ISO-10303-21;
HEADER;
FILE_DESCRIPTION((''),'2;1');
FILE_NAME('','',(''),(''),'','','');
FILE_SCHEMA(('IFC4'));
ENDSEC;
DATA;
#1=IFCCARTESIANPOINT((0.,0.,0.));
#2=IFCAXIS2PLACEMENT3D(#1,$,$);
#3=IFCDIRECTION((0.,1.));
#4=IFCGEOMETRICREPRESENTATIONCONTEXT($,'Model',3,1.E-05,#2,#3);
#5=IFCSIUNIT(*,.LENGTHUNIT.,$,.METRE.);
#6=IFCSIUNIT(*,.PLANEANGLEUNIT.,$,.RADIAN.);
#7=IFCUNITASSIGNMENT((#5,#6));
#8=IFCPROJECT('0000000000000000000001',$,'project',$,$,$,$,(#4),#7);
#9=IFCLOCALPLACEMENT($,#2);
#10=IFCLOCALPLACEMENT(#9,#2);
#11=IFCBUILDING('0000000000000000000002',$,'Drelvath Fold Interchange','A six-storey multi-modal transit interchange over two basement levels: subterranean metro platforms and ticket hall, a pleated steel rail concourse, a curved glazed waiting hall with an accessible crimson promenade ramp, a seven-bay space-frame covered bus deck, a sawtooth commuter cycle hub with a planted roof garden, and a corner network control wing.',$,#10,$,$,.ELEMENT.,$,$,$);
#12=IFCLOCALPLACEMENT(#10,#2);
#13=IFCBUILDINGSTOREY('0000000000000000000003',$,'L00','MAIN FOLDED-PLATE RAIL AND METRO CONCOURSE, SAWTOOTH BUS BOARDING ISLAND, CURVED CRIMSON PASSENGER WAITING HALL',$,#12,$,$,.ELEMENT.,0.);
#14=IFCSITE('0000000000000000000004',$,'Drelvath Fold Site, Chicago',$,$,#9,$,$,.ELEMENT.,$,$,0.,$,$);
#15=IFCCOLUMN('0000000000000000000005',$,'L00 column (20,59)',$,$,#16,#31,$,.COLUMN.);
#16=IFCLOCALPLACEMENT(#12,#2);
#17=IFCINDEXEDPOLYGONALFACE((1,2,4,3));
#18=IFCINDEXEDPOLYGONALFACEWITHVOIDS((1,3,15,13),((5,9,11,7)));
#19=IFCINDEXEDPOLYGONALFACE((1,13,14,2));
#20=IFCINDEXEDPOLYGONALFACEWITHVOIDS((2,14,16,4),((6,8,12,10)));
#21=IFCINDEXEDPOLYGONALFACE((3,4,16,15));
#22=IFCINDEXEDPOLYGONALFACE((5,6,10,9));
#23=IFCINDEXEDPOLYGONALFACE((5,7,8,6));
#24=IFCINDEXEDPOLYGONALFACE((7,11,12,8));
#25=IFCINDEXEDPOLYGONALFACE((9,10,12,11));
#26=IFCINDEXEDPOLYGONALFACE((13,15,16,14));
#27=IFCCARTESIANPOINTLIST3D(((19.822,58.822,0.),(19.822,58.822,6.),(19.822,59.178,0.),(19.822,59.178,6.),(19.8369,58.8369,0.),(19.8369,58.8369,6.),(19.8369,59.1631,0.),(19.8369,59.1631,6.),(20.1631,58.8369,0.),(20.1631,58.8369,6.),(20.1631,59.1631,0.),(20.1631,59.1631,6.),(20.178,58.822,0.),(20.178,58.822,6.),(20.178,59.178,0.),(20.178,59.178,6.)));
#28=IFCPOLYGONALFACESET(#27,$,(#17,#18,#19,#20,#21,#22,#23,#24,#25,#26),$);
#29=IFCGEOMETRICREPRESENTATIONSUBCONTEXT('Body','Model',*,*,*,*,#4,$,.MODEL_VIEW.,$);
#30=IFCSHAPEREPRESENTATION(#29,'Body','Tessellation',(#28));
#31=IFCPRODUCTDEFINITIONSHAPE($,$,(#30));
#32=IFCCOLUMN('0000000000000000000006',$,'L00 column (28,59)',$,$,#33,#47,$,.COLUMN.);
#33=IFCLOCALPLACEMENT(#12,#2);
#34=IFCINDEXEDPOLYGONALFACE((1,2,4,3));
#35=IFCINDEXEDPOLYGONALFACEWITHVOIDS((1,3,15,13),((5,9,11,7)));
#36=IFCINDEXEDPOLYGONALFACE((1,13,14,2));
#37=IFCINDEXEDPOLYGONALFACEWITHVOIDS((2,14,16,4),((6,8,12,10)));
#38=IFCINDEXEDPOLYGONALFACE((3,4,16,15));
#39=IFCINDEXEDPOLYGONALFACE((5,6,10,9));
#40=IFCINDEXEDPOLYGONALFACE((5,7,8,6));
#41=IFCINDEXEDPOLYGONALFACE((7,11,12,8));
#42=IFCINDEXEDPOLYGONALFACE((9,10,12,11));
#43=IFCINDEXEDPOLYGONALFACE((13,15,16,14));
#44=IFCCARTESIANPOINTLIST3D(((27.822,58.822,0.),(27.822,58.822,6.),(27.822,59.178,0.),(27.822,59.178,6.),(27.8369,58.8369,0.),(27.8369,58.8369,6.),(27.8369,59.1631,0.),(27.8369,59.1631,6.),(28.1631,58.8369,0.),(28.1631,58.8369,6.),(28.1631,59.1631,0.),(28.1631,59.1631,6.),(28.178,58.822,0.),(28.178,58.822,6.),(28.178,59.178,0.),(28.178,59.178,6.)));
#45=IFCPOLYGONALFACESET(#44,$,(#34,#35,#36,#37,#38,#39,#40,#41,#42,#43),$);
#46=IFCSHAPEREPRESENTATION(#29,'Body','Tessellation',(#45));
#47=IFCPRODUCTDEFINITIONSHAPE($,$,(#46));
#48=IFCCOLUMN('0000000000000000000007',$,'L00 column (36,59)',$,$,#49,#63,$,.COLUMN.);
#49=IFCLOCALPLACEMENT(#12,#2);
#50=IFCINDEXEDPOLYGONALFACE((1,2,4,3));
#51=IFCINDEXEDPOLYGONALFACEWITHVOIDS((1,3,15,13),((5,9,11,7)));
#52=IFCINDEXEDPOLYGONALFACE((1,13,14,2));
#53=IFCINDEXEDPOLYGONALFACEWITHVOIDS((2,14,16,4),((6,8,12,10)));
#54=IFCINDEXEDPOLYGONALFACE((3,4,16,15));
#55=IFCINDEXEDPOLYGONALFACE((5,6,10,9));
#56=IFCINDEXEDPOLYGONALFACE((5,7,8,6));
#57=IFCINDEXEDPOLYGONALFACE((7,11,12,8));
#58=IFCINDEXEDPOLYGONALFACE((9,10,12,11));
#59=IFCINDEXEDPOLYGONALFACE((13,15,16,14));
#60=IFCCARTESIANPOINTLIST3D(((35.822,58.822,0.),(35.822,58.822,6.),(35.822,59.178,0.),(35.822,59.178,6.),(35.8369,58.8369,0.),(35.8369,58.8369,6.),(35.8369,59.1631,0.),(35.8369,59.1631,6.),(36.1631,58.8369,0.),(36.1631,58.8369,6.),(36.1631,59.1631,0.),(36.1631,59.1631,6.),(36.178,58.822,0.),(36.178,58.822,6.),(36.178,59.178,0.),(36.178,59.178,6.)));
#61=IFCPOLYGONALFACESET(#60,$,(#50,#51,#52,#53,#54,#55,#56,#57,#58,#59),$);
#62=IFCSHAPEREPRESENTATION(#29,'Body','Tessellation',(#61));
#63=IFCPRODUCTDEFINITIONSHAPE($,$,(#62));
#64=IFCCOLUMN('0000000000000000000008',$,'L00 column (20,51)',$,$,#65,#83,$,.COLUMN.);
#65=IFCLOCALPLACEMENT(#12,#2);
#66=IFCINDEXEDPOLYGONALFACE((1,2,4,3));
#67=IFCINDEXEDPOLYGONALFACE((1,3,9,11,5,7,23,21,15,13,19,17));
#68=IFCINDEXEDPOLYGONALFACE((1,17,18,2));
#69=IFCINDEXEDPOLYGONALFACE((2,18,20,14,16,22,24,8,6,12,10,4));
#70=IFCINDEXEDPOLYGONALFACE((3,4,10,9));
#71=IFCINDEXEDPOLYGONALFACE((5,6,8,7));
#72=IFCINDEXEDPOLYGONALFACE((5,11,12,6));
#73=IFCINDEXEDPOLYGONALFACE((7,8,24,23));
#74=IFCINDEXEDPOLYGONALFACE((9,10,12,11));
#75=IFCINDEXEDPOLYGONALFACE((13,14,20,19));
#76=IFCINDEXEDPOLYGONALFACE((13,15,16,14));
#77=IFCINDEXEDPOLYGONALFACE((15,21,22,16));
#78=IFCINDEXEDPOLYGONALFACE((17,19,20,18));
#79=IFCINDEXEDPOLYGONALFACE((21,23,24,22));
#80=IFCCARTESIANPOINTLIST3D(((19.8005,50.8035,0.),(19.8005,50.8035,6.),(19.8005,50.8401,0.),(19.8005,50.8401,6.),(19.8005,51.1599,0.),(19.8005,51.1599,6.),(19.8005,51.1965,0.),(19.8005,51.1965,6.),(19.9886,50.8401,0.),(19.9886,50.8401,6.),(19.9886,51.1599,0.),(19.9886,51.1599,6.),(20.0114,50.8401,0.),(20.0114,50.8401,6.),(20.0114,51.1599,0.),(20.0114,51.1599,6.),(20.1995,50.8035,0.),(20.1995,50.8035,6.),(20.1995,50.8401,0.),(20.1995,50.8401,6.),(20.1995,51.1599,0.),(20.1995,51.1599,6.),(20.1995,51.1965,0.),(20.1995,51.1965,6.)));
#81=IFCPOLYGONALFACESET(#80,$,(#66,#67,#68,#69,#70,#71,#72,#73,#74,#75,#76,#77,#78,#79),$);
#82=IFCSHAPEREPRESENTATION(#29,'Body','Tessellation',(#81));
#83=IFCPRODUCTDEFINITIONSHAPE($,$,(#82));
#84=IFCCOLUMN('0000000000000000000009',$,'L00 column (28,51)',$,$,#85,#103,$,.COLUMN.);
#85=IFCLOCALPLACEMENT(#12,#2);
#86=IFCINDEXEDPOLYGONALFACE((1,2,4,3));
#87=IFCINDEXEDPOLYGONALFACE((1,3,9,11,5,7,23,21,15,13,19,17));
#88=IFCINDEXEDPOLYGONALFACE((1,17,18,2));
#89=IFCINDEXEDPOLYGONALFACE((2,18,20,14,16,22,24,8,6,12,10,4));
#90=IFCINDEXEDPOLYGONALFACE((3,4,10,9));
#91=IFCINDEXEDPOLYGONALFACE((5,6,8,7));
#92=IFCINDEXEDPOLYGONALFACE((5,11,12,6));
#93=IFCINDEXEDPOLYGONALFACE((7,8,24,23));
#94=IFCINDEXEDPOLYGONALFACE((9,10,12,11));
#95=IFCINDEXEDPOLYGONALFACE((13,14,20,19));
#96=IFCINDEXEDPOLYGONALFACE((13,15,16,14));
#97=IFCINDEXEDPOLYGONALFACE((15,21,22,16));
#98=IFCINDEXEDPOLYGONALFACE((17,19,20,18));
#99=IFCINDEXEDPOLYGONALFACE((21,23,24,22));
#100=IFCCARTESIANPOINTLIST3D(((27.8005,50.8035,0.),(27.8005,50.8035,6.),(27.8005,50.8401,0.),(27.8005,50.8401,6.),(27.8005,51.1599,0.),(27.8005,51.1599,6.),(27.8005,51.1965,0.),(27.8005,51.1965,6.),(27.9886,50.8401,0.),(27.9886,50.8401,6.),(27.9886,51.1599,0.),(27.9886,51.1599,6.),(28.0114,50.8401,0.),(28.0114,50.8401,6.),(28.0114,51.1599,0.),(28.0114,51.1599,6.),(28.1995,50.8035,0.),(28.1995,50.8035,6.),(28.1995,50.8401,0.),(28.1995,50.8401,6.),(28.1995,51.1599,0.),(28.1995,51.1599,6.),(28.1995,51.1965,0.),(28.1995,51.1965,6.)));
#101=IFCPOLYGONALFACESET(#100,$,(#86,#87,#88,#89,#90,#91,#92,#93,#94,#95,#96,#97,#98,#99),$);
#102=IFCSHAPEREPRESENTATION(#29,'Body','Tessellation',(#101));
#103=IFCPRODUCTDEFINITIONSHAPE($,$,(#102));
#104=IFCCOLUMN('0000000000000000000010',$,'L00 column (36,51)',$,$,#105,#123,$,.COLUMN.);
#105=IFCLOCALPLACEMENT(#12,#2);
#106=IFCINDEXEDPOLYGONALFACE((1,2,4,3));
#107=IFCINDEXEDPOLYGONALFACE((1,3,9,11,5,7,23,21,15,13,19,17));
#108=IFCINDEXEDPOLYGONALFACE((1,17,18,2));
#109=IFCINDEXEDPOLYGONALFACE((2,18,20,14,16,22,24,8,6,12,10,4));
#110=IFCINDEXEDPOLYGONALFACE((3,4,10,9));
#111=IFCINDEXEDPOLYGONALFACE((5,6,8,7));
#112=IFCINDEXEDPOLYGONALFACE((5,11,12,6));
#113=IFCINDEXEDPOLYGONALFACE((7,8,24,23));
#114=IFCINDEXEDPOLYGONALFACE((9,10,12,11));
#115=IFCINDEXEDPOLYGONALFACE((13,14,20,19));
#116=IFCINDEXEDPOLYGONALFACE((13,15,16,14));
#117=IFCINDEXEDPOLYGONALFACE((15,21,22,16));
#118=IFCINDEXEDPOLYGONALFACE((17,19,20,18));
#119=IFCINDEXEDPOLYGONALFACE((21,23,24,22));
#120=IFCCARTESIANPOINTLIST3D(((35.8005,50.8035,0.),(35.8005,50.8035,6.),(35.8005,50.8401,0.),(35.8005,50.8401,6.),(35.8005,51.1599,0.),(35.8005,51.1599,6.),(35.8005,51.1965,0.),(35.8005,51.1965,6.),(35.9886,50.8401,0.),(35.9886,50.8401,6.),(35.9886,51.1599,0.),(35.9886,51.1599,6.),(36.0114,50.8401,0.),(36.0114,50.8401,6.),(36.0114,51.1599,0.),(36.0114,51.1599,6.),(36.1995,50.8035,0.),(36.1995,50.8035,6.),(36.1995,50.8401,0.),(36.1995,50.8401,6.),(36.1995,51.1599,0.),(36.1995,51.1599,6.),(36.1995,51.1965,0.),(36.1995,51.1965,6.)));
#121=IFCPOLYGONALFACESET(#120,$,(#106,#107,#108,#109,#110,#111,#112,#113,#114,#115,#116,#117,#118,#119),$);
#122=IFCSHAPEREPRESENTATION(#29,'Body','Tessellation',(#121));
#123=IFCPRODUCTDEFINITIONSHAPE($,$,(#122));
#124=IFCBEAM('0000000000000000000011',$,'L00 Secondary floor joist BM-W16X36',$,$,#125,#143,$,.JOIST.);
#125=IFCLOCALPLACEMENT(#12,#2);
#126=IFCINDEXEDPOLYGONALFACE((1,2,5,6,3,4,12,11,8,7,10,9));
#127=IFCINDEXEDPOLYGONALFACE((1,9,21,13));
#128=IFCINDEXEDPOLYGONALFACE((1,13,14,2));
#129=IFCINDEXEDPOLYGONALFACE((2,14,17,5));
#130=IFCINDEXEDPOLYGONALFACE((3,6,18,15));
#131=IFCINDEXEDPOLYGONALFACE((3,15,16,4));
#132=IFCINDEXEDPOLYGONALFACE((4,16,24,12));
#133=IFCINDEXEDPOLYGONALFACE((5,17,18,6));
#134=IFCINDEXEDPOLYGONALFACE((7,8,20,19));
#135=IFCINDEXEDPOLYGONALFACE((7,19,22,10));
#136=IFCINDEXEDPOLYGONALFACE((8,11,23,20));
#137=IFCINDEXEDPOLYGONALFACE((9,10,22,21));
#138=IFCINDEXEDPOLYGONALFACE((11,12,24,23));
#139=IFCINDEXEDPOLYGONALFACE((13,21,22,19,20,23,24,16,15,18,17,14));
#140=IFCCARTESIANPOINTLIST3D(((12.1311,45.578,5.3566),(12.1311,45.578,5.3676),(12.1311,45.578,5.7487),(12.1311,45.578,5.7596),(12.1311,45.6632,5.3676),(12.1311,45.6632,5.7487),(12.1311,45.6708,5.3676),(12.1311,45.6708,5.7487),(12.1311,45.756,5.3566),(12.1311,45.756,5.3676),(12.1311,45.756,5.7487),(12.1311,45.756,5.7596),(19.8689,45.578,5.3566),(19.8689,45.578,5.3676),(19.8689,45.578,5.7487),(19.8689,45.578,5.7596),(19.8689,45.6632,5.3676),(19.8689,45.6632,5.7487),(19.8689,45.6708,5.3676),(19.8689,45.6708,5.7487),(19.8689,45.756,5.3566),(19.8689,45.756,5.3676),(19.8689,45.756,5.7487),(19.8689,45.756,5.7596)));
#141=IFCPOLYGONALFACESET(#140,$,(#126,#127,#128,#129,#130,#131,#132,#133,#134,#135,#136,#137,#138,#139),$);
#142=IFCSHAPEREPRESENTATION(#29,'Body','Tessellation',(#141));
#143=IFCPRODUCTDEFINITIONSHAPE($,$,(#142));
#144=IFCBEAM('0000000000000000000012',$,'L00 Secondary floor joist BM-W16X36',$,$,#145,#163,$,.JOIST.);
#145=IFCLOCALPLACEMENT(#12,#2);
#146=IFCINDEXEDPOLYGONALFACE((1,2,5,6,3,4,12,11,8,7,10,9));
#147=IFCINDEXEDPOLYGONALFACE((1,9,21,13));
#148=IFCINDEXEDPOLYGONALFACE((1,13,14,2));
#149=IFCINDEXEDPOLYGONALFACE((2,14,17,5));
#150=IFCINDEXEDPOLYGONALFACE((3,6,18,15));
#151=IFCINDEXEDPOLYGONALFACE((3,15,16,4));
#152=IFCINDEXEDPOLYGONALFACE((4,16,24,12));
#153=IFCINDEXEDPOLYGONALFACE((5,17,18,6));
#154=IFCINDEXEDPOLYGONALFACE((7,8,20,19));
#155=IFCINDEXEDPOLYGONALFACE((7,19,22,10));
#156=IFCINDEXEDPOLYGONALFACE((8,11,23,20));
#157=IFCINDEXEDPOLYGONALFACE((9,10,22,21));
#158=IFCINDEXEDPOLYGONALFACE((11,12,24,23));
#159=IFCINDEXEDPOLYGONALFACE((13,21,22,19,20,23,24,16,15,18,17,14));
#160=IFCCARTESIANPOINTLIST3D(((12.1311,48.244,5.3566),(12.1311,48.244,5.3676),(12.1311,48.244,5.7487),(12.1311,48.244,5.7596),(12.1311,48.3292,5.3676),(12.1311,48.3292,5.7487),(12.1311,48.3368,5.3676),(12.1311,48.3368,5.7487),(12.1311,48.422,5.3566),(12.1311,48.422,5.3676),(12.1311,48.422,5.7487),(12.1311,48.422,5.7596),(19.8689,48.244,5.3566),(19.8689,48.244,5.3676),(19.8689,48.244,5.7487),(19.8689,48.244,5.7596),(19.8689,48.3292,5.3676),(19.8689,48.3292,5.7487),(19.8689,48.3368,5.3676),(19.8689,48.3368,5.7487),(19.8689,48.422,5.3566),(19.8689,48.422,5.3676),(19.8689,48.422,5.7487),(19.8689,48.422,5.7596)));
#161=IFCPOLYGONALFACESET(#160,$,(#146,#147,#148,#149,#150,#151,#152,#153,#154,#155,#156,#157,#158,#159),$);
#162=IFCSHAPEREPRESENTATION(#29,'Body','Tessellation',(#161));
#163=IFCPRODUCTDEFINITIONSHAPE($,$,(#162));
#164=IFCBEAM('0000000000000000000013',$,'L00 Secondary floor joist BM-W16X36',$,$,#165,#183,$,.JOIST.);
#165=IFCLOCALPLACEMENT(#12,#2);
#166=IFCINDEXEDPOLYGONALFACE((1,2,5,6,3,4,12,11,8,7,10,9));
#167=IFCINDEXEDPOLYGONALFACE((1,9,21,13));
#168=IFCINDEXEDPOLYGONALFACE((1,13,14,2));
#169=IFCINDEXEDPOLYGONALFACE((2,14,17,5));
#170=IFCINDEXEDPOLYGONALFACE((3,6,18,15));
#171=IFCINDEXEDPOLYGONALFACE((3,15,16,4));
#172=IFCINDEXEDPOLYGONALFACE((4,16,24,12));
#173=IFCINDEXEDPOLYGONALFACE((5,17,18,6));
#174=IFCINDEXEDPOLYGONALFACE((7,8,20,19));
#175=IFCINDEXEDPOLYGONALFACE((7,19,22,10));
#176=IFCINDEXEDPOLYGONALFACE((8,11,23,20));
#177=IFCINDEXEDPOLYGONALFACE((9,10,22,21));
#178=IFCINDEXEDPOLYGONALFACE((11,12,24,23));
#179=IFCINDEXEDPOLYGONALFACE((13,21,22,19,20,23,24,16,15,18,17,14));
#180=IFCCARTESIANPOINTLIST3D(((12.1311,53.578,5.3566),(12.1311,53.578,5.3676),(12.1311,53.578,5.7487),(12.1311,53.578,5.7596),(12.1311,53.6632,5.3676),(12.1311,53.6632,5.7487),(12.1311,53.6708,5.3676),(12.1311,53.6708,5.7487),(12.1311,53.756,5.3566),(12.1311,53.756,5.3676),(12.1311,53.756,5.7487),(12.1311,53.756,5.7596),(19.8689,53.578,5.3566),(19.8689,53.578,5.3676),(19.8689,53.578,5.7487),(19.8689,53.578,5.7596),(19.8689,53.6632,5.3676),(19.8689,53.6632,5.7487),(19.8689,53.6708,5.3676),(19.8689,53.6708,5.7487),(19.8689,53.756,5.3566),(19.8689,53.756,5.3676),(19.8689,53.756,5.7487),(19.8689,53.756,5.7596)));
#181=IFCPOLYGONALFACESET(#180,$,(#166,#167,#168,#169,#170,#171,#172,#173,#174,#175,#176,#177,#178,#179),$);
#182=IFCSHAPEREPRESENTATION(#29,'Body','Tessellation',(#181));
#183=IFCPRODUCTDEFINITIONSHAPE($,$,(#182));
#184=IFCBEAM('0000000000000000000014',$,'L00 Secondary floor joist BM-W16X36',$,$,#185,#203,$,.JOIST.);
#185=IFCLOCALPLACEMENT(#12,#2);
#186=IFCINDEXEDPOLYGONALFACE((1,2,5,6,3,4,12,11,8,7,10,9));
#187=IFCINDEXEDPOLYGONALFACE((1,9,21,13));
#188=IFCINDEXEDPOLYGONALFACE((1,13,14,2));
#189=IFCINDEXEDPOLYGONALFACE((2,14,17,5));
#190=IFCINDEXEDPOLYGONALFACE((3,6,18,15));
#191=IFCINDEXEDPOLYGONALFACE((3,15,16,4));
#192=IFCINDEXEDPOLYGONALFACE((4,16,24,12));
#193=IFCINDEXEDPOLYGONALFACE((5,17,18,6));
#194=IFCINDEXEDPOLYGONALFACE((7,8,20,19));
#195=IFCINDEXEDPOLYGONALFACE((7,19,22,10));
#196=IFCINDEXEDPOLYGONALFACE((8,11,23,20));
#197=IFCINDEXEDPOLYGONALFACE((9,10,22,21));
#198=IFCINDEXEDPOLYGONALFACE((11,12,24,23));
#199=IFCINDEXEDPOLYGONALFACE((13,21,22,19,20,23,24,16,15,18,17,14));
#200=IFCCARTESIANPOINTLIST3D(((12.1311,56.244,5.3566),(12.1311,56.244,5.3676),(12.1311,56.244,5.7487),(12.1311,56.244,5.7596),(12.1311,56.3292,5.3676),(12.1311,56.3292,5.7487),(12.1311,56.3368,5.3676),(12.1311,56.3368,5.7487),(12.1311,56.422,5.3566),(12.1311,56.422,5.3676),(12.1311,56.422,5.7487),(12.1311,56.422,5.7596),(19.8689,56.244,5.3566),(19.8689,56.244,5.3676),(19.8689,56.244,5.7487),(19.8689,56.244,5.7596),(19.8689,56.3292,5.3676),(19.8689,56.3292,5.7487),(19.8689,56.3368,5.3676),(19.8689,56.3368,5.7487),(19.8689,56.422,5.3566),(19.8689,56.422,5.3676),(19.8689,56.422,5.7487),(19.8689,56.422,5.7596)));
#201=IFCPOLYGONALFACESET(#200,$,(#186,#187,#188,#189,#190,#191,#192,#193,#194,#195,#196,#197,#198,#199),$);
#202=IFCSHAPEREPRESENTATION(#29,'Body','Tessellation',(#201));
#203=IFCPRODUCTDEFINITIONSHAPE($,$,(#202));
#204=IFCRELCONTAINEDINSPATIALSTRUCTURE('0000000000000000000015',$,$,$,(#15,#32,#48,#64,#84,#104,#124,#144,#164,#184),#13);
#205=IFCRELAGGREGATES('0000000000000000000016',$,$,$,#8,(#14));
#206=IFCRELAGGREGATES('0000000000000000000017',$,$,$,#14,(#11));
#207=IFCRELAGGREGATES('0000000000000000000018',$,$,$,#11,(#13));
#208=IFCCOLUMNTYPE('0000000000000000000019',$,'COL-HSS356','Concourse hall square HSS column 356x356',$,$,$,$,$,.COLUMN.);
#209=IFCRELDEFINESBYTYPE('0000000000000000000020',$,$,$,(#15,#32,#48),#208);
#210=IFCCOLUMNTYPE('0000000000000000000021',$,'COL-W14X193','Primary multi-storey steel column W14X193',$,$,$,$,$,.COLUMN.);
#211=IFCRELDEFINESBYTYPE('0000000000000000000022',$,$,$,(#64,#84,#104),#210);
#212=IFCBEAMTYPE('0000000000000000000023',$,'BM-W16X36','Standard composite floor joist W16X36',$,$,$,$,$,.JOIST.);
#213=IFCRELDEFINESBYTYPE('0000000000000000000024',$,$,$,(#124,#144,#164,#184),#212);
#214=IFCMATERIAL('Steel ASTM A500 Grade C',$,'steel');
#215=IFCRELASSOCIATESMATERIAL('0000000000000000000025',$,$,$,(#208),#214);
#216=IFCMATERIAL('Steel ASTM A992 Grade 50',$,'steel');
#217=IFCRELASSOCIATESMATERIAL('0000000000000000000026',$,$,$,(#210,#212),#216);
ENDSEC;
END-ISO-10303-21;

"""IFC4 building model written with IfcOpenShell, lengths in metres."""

from ifc_helpers import new_model, si_unit, direction, frame, origin, origin_2d, place, context, subcontext, project, spatial, hollow_rectangle, i_section, extrude, material, material_profile, profile_set, type_object, element, save


model = new_model("IFC4")

# Units and contexts
model_context = context("Model", 3, precision=1e-05, world=origin(), true_north=direction((0.0, 1.0)))
body_context = subcontext(model_context, "Body", "Model", "MODEL_VIEW")
ifc_project = project(units=[si_unit("LENGTHUNIT", "METRE"), si_unit("PLANEANGLEUNIT", "RADIAN")], contexts=[model_context])

# Site, building, storey
site_placement = place(None, origin())
site = spatial("IfcSite", under=ifc_project, at=site_placement, Name="Drelvath Fold Site, Chicago", CompositionType="ELEMENT", RefElevation=0.0)
building_placement = place(site_placement, origin())
building = spatial("IfcBuilding", under=site, at=building_placement, Name="Drelvath Fold Interchange", Description="A six-storey multi-modal transit interchange over two basement levels: subterranean metro platforms and ticket hall, a pleated steel rail concourse, a curved glazed waiting hall with an accessible crimson promenade ramp, a seven-bay space-frame covered bus deck, a sawtooth commuter cycle hub with a planted roof garden, and a corner network control wing.", CompositionType="ELEMENT")
storey_placement = place(building_placement, origin())
storey = spatial("IfcBuildingStorey", under=building, at=storey_placement, Name="L00", Description="MAIN FOLDED-PLATE RAIL AND METRO CONCOURSE, SAWTOOTH BUS BOARDING ISLAND, CURVED CRIMSON PASSENGER WAITING HALL", CompositionType="ELEMENT", Elevation=0.0)

# Columns
ifc_material_1 = material(Name="Steel ASTM A500 Grade C", Category="steel")
ifc_material_profile_1 = material_profile(ifc_material_1, hollow_rectangle(XDim=0.356, YDim=0.356, WallThickness=0.0149, at=origin_2d()), Name="HSS14X14X5/8")
ifc_profile_set_1 = profile_set([ifc_material_profile_1], Name="Steel ASTM A500 Grade C")
column_type_1 = type_object("IfcColumnType", Name="COL-HSS356", Description="Concourse hall square HSS column 356x356", PredefinedType="COLUMN", material=ifc_profile_set_1)
for number, where, z_axis, x_axis, name in (
    (1, (20.0, 59.0, 0.0), (0.0, 0.0, 1.0), (1.0, 0.0, 0.0), "L00 column (20,59)"),
    (2, (28.0, 59.0, 0.0), (0.0, 0.0, 1.0), (1.0, 0.0, 0.0), "L00 column (28,59)"),
    (3, (36.0, 59.0, 0.0), (0.0, 0.0, 1.0), (1.0, 0.0, 0.0), "L00 column (36,59)"),
):
    element("IfcColumn", number, at=place(storey_placement, frame(where, z_axis=z_axis, x_axis=x_axis)), inside=storey, type_object=column_type_1, Name=name, PredefinedType="COLUMN", context=body_context, shape_type="SweptSolid", body=[
        extrude(hollow_rectangle(XDim=0.356, YDim=0.356, WallThickness=0.0149, at=origin_2d()), origin(), (0.0, 0.0, 1.0), 6.0),
    ])
ifc_material_2 = material(Name="Steel ASTM A992 Grade 50", Category="steel")
ifc_material_profile_2 = material_profile(ifc_material_2, i_section(OverallWidth=0.3989, OverallDepth=0.3931, WebThickness=0.0227, FlangeThickness=0.0366, at=origin_2d()), Name="W14X193")
ifc_profile_set_2 = profile_set([ifc_material_profile_2], Name="Steel ASTM A992 Grade 50")
column_type_2 = type_object("IfcColumnType", Name="COL-W14X193", Description="Primary multi-storey steel column W14X193", PredefinedType="COLUMN", material=ifc_profile_set_2)
for number, where, z_axis, x_axis, name in (
    (4, (20.0, 51.0, 0.0), (0.0, 0.0, 1.0), (1.0, 0.0, 0.0), "L00 column (20,51)"),
    (5, (28.0, 51.0, 0.0), (0.0, 0.0, 1.0), (1.0, 0.0, 0.0), "L00 column (28,51)"),
    (6, (36.0, 51.0, 0.0), (0.0, 0.0, 1.0), (1.0, 0.0, 0.0), "L00 column (36,51)"),
):
    element("IfcColumn", number, at=place(storey_placement, frame(where, z_axis=z_axis, x_axis=x_axis)), inside=storey, type_object=column_type_2, Name=name, PredefinedType="COLUMN", context=body_context, shape_type="SweptSolid", body=[
        extrude(i_section(OverallWidth=0.3989, OverallDepth=0.3931, WebThickness=0.0227, FlangeThickness=0.0366, at=origin_2d()), origin(), (0.0, 0.0, 1.0), 6.0),
    ])

# Beams
ifc_material_profile_3 = material_profile(ifc_material_2, i_section(OverallWidth=0.178, OverallDepth=0.4031, WebThickness=0.0076, FlangeThickness=0.011, at=origin_2d()), Name="W16X36")
ifc_profile_set_3 = profile_set([ifc_material_profile_3], Name="Steel ASTM A992 Grade 50")
beam_type_1 = type_object("IfcBeamType", Name="BM-W16X36", Description="Standard composite floor joist W16X36", PredefinedType="JOIST", material=ifc_profile_set_3)
for number, where, z_axis, x_axis, name in (
    (7, (12.1311, 45.667, 5.5581), (1.0, 0.0, 0.0), (0.0, 1.0, 0.0), "L00 Secondary floor joist BM-W16X36"),
    (8, (12.1311, 48.333, 5.5581), (1.0, 0.0, 0.0), (0.0, 1.0, 0.0), "L00 Secondary floor joist BM-W16X36"),
    (9, (12.1311, 53.667, 5.5581), (1.0, 0.0, 0.0), (0.0, 1.0, 0.0), "L00 Secondary floor joist BM-W16X36"),
    (10, (12.1311, 56.333, 5.5581), (1.0, 0.0, 0.0), (0.0, 1.0, 0.0), "L00 Secondary floor joist BM-W16X36"),
):
    element("IfcBeam", number, at=place(storey_placement, frame(where, z_axis=z_axis, x_axis=x_axis)), inside=storey, type_object=beam_type_1, Name=name, PredefinedType="JOIST", context=body_context, shape_type="SweptSolid", body=[
        extrude(i_section(OverallWidth=0.178, OverallDepth=0.4031, WebThickness=0.0076, FlangeThickness=0.011, at=origin_2d()), origin(), (0.0, 0.0, 1.0), 7.7378),
    ])

save(model, "model.ifc")
